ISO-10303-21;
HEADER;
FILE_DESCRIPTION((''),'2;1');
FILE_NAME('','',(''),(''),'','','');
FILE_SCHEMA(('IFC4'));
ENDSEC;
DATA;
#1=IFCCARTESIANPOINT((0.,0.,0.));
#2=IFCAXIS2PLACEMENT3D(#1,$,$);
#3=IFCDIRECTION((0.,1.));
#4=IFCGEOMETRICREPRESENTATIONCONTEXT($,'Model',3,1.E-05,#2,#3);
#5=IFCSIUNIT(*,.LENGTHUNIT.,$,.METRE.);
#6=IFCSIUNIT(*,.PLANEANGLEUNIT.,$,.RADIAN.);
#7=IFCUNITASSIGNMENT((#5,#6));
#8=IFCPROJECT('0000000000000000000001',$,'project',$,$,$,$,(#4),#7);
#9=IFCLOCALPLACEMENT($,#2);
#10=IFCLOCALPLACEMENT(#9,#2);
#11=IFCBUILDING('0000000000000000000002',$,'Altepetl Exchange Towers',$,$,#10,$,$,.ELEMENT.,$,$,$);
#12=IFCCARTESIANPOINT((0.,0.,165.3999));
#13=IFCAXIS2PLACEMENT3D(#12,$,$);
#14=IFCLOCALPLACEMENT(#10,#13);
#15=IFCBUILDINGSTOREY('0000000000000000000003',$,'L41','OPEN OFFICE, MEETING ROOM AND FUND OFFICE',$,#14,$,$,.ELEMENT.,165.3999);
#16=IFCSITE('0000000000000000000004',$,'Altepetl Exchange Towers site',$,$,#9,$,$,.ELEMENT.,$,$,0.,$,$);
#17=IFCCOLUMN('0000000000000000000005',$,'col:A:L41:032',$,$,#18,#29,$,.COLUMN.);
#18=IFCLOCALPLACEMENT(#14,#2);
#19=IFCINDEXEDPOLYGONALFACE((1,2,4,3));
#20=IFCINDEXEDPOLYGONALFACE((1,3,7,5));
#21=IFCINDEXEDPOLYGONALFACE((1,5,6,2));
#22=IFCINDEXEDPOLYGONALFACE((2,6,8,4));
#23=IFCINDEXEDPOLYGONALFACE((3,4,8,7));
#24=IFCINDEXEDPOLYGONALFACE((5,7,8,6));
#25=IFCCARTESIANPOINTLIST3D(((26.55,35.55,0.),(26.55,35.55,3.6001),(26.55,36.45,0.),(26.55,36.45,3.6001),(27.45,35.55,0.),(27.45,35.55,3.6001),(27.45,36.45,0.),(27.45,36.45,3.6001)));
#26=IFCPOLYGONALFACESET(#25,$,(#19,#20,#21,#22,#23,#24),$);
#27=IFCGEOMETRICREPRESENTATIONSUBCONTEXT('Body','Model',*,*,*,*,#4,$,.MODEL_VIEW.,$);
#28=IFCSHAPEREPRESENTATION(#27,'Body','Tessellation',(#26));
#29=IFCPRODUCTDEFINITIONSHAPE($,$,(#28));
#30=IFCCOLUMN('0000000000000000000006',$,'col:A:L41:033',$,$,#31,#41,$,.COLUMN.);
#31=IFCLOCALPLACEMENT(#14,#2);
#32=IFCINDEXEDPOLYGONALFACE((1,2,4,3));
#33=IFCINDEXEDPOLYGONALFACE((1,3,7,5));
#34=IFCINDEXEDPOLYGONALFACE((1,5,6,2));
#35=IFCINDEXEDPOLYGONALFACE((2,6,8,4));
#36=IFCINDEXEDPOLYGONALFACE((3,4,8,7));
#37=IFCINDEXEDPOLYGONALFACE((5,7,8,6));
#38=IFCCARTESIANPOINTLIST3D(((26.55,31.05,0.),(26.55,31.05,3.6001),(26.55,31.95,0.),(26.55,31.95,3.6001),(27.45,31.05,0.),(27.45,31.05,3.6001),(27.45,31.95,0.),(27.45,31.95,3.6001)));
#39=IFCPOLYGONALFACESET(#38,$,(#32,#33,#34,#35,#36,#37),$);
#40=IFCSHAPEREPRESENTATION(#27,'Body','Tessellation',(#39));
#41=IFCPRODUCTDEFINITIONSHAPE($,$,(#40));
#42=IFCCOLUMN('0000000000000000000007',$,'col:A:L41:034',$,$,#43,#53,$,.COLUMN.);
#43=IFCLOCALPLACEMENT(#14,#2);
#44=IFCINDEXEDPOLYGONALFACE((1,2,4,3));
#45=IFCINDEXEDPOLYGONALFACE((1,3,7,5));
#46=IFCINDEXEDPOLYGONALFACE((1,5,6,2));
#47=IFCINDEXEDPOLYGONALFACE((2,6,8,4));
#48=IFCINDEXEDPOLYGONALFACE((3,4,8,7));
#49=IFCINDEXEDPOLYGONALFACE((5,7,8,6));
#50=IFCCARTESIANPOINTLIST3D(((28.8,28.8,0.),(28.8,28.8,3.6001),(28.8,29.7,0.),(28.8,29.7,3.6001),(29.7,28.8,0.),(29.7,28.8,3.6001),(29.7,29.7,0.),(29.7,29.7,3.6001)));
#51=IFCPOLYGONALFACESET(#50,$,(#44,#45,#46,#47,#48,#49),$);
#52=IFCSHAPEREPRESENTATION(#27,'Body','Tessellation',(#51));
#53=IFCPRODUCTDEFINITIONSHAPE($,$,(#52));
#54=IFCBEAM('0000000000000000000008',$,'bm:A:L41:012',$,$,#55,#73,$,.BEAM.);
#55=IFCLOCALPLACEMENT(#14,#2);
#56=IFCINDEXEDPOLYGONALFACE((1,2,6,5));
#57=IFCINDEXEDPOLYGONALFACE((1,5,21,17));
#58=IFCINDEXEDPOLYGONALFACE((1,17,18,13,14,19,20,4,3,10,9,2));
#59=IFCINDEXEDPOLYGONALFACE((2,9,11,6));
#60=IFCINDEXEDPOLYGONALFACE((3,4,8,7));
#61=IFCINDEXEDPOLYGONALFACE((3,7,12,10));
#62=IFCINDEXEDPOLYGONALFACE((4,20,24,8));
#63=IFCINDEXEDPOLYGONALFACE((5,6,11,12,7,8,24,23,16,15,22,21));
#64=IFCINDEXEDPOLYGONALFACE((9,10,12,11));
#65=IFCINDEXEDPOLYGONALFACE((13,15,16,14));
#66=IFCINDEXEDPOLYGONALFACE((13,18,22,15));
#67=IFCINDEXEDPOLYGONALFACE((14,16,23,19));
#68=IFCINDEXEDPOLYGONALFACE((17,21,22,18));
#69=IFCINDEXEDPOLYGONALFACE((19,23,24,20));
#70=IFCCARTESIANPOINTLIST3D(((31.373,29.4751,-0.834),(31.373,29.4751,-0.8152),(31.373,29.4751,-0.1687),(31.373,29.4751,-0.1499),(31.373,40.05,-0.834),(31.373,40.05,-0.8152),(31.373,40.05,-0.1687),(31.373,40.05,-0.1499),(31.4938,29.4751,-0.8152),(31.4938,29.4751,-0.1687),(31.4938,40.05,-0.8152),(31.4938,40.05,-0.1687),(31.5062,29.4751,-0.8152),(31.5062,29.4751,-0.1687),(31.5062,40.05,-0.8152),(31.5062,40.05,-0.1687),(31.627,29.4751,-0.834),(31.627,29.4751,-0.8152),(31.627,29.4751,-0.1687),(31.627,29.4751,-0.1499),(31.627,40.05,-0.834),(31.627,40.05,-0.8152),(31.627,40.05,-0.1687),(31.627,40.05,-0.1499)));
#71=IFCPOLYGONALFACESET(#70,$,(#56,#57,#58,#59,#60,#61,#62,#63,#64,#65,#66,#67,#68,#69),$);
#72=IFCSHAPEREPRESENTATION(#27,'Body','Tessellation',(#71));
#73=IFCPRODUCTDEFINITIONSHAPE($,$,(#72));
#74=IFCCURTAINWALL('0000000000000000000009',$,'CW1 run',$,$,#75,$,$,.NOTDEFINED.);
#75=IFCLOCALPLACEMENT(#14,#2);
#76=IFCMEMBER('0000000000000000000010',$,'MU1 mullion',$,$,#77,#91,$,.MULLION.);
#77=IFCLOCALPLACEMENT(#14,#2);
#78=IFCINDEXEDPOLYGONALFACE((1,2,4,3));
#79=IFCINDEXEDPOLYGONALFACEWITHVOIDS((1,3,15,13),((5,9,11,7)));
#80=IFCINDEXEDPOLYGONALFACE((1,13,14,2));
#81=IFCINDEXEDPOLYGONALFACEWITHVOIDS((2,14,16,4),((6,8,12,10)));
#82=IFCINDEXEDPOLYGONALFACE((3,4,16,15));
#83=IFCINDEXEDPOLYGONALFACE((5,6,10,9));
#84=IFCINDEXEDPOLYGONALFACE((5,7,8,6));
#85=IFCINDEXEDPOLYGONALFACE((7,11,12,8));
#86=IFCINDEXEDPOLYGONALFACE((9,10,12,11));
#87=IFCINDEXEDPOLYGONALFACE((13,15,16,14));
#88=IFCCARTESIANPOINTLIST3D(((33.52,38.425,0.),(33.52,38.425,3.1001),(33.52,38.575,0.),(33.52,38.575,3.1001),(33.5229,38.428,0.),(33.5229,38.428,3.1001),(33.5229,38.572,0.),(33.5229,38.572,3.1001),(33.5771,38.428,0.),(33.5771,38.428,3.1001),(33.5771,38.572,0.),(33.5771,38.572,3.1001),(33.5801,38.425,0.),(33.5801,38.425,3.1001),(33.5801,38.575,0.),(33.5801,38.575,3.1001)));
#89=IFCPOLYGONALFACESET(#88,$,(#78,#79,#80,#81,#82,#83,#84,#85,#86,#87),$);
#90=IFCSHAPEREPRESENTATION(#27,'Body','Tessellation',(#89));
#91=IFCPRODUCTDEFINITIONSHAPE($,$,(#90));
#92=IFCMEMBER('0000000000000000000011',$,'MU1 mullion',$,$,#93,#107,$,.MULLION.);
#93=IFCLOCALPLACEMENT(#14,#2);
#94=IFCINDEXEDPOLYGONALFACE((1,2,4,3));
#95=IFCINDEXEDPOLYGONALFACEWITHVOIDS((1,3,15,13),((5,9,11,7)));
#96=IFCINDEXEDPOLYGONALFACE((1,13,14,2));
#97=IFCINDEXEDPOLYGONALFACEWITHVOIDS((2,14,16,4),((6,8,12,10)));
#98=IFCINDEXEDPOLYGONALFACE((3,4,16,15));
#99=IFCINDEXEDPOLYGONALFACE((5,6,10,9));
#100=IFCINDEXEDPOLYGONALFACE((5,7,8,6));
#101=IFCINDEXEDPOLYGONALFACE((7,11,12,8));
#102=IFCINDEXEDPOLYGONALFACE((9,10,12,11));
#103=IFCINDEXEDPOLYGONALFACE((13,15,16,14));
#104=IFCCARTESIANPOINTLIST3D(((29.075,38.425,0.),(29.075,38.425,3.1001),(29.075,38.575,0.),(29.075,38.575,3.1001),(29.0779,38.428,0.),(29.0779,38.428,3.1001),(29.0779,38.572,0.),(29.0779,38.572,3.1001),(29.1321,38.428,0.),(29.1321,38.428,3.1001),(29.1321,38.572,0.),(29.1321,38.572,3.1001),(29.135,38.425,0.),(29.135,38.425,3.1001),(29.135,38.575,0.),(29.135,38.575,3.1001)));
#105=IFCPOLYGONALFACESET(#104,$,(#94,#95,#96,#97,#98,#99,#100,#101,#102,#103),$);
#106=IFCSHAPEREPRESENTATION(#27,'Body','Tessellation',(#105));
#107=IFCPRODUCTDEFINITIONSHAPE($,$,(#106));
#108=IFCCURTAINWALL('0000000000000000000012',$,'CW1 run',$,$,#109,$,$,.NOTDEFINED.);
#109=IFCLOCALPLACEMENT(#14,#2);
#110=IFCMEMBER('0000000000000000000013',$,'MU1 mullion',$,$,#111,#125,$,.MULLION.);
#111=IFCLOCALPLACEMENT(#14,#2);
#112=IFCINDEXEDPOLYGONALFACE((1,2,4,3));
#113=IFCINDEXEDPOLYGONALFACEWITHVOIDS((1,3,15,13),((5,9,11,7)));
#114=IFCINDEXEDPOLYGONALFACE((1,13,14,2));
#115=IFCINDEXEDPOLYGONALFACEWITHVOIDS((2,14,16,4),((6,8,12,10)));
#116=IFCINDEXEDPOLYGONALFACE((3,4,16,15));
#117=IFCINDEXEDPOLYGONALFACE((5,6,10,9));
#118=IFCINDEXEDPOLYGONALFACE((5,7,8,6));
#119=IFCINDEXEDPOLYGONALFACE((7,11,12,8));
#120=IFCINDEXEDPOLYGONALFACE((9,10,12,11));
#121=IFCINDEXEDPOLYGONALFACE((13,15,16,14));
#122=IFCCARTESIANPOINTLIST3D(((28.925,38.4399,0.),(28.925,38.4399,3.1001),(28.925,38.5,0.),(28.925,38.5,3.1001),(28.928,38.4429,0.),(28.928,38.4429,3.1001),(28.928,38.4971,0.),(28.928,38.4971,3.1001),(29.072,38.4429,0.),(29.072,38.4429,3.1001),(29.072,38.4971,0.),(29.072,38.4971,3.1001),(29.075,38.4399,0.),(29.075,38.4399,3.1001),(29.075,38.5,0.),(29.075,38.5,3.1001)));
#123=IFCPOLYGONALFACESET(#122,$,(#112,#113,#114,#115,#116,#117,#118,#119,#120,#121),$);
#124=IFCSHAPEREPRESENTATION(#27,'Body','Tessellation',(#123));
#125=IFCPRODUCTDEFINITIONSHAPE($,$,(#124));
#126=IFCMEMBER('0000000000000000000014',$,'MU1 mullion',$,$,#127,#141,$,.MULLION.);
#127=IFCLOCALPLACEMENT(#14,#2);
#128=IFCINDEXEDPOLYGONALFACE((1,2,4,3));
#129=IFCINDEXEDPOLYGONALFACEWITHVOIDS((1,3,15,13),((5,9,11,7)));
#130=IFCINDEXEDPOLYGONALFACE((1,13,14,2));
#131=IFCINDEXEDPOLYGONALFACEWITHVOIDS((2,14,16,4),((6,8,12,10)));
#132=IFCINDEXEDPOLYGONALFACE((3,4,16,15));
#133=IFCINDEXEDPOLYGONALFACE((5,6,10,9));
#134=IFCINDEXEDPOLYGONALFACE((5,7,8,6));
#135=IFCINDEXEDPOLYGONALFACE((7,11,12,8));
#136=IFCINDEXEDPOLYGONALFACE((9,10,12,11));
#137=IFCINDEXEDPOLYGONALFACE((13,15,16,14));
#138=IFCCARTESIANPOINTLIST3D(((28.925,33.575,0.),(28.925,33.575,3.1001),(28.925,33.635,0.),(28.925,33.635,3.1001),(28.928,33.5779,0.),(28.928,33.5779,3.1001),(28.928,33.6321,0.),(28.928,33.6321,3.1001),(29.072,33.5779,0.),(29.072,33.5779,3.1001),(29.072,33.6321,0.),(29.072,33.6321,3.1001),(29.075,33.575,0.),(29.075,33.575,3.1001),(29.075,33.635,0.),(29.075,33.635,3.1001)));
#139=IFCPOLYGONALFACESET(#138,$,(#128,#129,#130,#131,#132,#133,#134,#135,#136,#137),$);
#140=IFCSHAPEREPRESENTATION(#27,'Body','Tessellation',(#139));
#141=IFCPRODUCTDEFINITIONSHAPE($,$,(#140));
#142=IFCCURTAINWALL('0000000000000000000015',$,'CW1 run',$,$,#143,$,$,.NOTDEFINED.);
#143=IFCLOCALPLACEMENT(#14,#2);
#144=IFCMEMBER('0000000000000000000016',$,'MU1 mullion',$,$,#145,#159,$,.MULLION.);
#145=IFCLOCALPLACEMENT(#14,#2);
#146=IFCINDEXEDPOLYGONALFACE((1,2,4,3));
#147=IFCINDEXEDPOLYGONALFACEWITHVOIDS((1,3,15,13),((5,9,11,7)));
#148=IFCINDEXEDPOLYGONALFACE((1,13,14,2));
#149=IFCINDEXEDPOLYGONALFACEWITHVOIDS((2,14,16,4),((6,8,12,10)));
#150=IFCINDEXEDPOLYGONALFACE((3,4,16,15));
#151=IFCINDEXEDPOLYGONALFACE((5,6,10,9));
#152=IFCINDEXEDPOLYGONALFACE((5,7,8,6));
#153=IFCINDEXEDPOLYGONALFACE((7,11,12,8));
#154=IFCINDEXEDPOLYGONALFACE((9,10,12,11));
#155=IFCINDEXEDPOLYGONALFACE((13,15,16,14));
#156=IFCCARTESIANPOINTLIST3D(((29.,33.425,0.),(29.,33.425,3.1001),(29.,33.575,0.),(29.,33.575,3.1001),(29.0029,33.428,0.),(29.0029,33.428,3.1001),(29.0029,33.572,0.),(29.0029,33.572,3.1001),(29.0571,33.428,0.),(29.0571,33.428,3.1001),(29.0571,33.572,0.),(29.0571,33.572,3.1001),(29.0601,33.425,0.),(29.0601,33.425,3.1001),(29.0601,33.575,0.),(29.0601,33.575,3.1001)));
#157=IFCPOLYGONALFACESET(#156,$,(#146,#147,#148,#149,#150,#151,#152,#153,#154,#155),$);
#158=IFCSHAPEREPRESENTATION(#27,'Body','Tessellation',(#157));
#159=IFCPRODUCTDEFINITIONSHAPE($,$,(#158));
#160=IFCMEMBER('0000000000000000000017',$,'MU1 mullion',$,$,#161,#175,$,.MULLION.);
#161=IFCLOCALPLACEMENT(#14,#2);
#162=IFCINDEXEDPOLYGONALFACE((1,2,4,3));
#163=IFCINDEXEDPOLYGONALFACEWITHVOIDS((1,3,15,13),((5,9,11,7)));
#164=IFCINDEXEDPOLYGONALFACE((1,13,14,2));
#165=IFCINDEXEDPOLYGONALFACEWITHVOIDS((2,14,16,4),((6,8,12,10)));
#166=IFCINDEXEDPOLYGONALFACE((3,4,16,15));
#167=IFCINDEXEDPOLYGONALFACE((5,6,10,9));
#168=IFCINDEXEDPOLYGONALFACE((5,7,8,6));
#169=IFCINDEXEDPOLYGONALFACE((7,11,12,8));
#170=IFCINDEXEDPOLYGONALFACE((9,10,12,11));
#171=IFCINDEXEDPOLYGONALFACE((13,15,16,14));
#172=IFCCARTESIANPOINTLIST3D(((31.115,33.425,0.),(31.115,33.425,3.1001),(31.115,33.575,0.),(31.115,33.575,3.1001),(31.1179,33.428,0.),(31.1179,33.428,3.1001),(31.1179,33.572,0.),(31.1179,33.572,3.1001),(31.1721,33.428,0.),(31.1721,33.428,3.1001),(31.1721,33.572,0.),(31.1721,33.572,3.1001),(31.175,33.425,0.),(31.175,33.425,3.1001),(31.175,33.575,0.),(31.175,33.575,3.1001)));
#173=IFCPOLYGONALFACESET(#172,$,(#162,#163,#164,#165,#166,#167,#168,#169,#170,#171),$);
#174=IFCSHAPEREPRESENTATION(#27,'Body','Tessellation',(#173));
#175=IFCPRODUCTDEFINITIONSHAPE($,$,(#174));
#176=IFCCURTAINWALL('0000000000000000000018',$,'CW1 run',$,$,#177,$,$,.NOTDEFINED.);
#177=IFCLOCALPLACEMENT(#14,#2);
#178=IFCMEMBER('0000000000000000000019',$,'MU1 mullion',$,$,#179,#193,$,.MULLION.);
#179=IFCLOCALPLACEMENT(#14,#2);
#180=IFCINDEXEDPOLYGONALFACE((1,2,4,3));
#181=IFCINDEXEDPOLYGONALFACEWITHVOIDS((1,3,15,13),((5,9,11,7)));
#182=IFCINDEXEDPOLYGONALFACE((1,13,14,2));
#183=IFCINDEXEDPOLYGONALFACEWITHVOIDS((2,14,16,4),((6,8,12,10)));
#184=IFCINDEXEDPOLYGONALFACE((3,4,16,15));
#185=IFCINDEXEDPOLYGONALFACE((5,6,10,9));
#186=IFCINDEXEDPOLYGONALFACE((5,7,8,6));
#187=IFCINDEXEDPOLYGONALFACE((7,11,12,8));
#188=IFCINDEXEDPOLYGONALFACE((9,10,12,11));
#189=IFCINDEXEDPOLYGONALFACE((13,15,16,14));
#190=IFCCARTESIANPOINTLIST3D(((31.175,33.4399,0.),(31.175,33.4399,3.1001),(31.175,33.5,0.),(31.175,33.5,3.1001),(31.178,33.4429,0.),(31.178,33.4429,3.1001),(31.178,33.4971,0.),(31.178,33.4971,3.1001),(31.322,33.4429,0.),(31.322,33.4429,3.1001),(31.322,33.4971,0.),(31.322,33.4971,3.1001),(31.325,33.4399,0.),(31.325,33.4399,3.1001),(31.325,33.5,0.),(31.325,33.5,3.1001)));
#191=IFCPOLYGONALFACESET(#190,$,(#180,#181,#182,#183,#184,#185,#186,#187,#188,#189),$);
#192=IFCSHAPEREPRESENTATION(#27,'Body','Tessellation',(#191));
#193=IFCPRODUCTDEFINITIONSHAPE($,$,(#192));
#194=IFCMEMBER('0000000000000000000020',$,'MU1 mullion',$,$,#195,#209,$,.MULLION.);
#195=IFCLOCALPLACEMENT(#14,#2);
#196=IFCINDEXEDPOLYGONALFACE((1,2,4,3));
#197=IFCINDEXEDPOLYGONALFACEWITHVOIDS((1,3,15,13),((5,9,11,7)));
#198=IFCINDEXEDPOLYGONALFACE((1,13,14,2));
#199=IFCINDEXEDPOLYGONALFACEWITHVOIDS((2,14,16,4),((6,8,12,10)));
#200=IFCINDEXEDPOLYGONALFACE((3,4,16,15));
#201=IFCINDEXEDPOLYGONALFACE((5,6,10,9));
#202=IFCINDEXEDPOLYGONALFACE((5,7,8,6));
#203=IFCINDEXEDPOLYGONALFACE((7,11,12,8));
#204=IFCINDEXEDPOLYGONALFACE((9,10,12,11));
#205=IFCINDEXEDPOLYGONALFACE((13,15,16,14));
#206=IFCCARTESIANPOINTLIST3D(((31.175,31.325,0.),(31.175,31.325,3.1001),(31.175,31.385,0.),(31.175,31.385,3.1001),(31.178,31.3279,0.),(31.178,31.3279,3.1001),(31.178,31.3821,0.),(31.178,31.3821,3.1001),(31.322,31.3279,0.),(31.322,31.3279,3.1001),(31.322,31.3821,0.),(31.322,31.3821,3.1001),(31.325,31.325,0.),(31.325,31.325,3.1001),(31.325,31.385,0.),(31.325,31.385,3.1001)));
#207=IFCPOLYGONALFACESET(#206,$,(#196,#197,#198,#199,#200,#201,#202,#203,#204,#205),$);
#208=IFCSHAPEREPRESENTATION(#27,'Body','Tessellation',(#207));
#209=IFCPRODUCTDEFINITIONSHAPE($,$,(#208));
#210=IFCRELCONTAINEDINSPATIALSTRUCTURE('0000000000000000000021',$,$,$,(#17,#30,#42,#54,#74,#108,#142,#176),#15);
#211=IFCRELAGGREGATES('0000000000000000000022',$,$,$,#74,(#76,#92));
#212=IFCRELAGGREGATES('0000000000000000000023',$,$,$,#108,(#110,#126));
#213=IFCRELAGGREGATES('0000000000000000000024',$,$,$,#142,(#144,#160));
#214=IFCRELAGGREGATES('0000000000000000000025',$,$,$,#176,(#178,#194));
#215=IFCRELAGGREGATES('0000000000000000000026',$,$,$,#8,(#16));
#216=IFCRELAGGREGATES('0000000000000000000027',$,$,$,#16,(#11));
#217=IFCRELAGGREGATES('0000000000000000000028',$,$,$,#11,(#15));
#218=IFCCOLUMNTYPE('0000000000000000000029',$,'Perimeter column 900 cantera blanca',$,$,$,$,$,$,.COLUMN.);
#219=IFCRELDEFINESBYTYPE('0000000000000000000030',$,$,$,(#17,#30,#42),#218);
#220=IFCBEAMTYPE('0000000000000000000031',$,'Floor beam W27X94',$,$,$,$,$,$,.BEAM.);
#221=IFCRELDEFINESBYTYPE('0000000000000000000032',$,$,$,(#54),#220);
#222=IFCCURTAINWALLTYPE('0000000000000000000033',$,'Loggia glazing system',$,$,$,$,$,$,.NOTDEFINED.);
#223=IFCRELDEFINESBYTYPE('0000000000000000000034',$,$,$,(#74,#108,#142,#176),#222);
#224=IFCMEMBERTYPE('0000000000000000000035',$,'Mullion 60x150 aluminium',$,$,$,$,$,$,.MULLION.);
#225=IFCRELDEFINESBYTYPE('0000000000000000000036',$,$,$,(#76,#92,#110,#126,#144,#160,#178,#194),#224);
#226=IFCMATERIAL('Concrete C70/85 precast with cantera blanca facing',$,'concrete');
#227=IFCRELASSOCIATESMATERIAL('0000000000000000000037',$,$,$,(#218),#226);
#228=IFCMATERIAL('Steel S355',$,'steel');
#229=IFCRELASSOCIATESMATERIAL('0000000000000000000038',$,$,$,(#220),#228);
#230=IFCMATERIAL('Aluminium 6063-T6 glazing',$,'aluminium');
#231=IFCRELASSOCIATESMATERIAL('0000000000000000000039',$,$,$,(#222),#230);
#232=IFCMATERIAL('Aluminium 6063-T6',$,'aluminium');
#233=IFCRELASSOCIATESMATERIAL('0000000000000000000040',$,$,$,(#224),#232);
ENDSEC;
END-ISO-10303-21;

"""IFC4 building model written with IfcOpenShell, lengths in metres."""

from ifc_helpers import new_model, si_unit, direction, frame, origin, origin_2d, place, context, subcontext, project, spatial, rectangle, hollow_rectangle, i_section, extrude, material, material_profile, profile_set, type_object, element, aggregate, save


model = new_model("IFC4")

# Units and contexts
model_context = context("Model", 3, precision=1e-05, world=origin(), true_north=direction((0.0, 1.0)))
body_context = subcontext(model_context, "Body", "Model", "MODEL_VIEW")
ifc_project = project(units=[si_unit("LENGTHUNIT", "METRE"), si_unit("PLANEANGLEUNIT", "RADIAN")], contexts=[model_context])

# Site, building, storey
site_placement = place(None, origin())
site = spatial("IfcSite", under=ifc_project, at=site_placement, Name="Altepetl Exchange Towers site", CompositionType="ELEMENT", RefElevation=0.0)
building_placement = place(site_placement, origin())
building = spatial("IfcBuilding", under=site, at=building_placement, Name="Altepetl Exchange Towers", CompositionType="ELEMENT")
storey_placement = place(building_placement, frame((0.0, 0.0, 165.3999)))
storey = spatial("IfcBuildingStorey", under=building, at=storey_placement, Name="L41", Description="OPEN OFFICE, MEETING ROOM AND FUND OFFICE", CompositionType="ELEMENT", Elevation=165.3999)

# Columns
ifc_material_1 = material(Name="Concrete C70/85 precast with cantera blanca facing", Category="concrete")
ifc_material_profile_1 = material_profile(ifc_material_1, rectangle(XDim=0.8999, YDim=0.8999, at=origin_2d()), Name="900 x 900")
ifc_profile_set_1 = profile_set([ifc_material_profile_1], Name="Concrete C70/85 precast with cantera blanca facing")
column_type = type_object("IfcColumnType", Name="Perimeter column 900 cantera blanca", PredefinedType="COLUMN", material=ifc_profile_set_1)
for number, where, name in (
    (1, (27.0, 36.0, 0.0), "col:A:L41:032"),
    (2, (27.0, 31.5, 0.0), "col:A:L41:033"),
    (3, (29.25, 29.25, 0.0), "col:A:L41:034"),
):
    element("IfcColumn", number, at=place(storey_placement, frame(where)), inside=storey, type_object=column_type, Name=name, PredefinedType="COLUMN", context=body_context, shape_type="SweptSolid", body=[
        extrude(rectangle(XDim=0.8999, YDim=0.8999, at=origin_2d()), origin(), (0.0, 0.0, 1.0), 3.6001),
    ])

# Beam
ifc_material_2 = material(Name="Steel S355", Category="steel")
ifc_material_profile_2 = material_profile(ifc_material_2, i_section(OverallWidth=0.2539, OverallDepth=0.6841, WebThickness=0.0125, FlangeThickness=0.0188, at=origin_2d()), Name="W27X94")
ifc_profile_set_2 = profile_set([ifc_material_profile_2], Name="Steel S355")
beam_type_1 = type_object("IfcBeamType", Name="Floor beam W27X94", PredefinedType="BEAM", material=ifc_profile_set_2)
beam_1_placement = place(storey_placement, frame((31.5, 29.4751, -0.4919), z_axis=(0.0, 1.0, 0.0), x_axis=(-1.0, 0.0, 0.0)))
element("IfcBeam", 4, at=beam_1_placement, inside=storey, type_object=beam_type_1, Name="bm:A:L41:012", PredefinedType="BEAM", context=body_context, shape_type="SweptSolid", body=[
    extrude(i_section(OverallWidth=0.2539, OverallDepth=0.6841, WebThickness=0.0125, FlangeThickness=0.0188, at=origin_2d()), origin(), (0.0, 0.0, 1.0), 10.575),
])

# Curtain walls, members
ifc_material_3 = material(Name="Aluminium 6063-T6 glazing", Category="aluminium")
curtain_wall_type = type_object("IfcCurtainWallType", Name="Loggia glazing system", PredefinedType="NOTDEFINED", material=ifc_material_3)
curtain_wall_1_placement = place(storey_placement, origin())
curtain_wall_1 = element("IfcCurtainWall", 5, at=curtain_wall_1_placement, inside=storey, type_object=curtain_wall_type, Name="CW1 run", PredefinedType="NOTDEFINED")
ifc_material_4 = material(Name="Aluminium 6063-T6", Category="aluminium")
ifc_material_profile_3 = material_profile(ifc_material_4, hollow_rectangle(XDim=0.0601, YDim=0.1499, WallThickness=0.0029, at=origin_2d()), Name="Mullion 60x150 aluminium")
ifc_profile_set_3 = profile_set([ifc_material_profile_3], Name="Aluminium 6063-T6")
member_type = type_object("IfcMemberType", Name="Mullion 60x150 aluminium", PredefinedType="MULLION", material=ifc_profile_set_3)
member_1_placement = place(storey_placement, frame((33.55, 38.5, 0.0), z_axis=(0.0, 0.0, 1.0), x_axis=(-1.0, 0.0, 0.0)))
member_1 = element("IfcMember", 6, at=member_1_placement, type_object=member_type, Name="MU1 mullion", PredefinedType="MULLION", context=body_context, shape_type="SweptSolid", body=[
    extrude(hollow_rectangle(XDim=0.0601, YDim=0.1499, WallThickness=0.0029, at=origin_2d()), origin(), (0.0, 0.0, 1.0), 3.1001),
])
member_2_placement = place(storey_placement, frame((29.105, 38.5, 0.0), z_axis=(0.0, 0.0, 1.0), x_axis=(-1.0, 0.0, 0.0)))
member_2 = element("IfcMember", 7, at=member_2_placement, type_object=member_type, Name="MU1 mullion", PredefinedType="MULLION", context=body_context, shape_type="SweptSolid", body=[
    extrude(hollow_rectangle(XDim=0.0601, YDim=0.1499, WallThickness=0.0029, at=origin_2d()), origin(), (0.0, 0.0, 1.0), 3.1001),
])
curtain_wall_2_placement = place(storey_placement, origin())
curtain_wall_2 = element("IfcCurtainWall", 8, at=curtain_wall_2_placement, inside=storey, type_object=curtain_wall_type, Name="CW1 run", PredefinedType="NOTDEFINED")
member_3_placement = place(storey_placement, frame((29.0, 38.47, 0.0), z_axis=(0.0, 0.0, 1.0), x_axis=(0.0, -1.0, 0.0)))
member_3 = element("IfcMember", 9, at=member_3_placement, type_object=member_type, Name="MU1 mullion", PredefinedType="MULLION", context=body_context, shape_type="SweptSolid", body=[
    extrude(hollow_rectangle(XDim=0.0601, YDim=0.1499, WallThickness=0.0029, at=origin_2d()), origin(), (0.0, 0.0, 1.0), 3.1001),
])
member_4_placement = place(storey_placement, frame((29.0, 33.605, 0.0), z_axis=(0.0, 0.0, 1.0), x_axis=(0.0, -1.0, 0.0)))
member_4 = element("IfcMember", 10, at=member_4_placement, type_object=member_type, Name="MU1 mullion", PredefinedType="MULLION", context=body_context, shape_type="SweptSolid", body=[
    extrude(hollow_rectangle(XDim=0.0601, YDim=0.1499, WallThickness=0.0029, at=origin_2d()), origin(), (0.0, 0.0, 1.0), 3.1001),
])
curtain_wall_3_placement = place(storey_placement, origin())
curtain_wall_3 = element("IfcCurtainWall", 11, at=curtain_wall_3_placement, inside=storey, type_object=curtain_wall_type, Name="CW1 run", PredefinedType="NOTDEFINED")
member_5_placement = place(storey_placement, frame((29.03, 33.5, 0.0)))
member_5 = element("IfcMember", 12, at=member_5_placement, type_object=member_type, Name="MU1 mullion", PredefinedType="MULLION", context=body_context, shape_type="SweptSolid", body=[
    extrude(hollow_rectangle(XDim=0.0601, YDim=0.1499, WallThickness=0.0029, at=origin_2d()), origin(), (0.0, 0.0, 1.0), 3.1001),
])
member_6_placement = place(storey_placement, frame((31.145, 33.5, 0.0)))
member_6 = element("IfcMember", 13, at=member_6_placement, type_object=member_type, Name="MU1 mullion", PredefinedType="MULLION", context=body_context, shape_type="SweptSolid", body=[
    extrude(hollow_rectangle(XDim=0.0601, YDim=0.1499, WallThickness=0.0029, at=origin_2d()), origin(), (0.0, 0.0, 1.0), 3.1001),
])
curtain_wall_4_placement = place(storey_placement, origin())
curtain_wall_4 = element("IfcCurtainWall", 14, at=curtain_wall_4_placement, inside=storey, type_object=curtain_wall_type, Name="CW1 run", PredefinedType="NOTDEFINED")
member_7_placement = place(storey_placement, frame((31.25, 33.47, 0.0), z_axis=(0.0, 0.0, 1.0), x_axis=(0.0, -1.0, 0.0)))
member_7 = element("IfcMember", 15, at=member_7_placement, type_object=member_type, Name="MU1 mullion", PredefinedType="MULLION", context=body_context, shape_type="SweptSolid", body=[
    extrude(hollow_rectangle(XDim=0.0601, YDim=0.1499, WallThickness=0.0029, at=origin_2d()), origin(), (0.0, 0.0, 1.0), 3.1001),
])
member_8_placement = place(storey_placement, frame((31.25, 31.355, 0.0), z_axis=(0.0, 0.0, 1.0), x_axis=(0.0, -1.0, 0.0)))
member_8 = element("IfcMember", 16, at=member_8_placement, type_object=member_type, Name="MU1 mullion", PredefinedType="MULLION", context=body_context, shape_type="SweptSolid", body=[
    extrude(hollow_rectangle(XDim=0.0601, YDim=0.1499, WallThickness=0.0029, at=origin_2d()), origin(), (0.0, 0.0, 1.0), 3.1001),
])

aggregate(curtain_wall_1, [member_1, member_2])
aggregate(curtain_wall_2, [member_3, member_4])
aggregate(curtain_wall_3, [member_5, member_6])
aggregate(curtain_wall_4, [member_7, member_8])

save(model, "model.ifc")
